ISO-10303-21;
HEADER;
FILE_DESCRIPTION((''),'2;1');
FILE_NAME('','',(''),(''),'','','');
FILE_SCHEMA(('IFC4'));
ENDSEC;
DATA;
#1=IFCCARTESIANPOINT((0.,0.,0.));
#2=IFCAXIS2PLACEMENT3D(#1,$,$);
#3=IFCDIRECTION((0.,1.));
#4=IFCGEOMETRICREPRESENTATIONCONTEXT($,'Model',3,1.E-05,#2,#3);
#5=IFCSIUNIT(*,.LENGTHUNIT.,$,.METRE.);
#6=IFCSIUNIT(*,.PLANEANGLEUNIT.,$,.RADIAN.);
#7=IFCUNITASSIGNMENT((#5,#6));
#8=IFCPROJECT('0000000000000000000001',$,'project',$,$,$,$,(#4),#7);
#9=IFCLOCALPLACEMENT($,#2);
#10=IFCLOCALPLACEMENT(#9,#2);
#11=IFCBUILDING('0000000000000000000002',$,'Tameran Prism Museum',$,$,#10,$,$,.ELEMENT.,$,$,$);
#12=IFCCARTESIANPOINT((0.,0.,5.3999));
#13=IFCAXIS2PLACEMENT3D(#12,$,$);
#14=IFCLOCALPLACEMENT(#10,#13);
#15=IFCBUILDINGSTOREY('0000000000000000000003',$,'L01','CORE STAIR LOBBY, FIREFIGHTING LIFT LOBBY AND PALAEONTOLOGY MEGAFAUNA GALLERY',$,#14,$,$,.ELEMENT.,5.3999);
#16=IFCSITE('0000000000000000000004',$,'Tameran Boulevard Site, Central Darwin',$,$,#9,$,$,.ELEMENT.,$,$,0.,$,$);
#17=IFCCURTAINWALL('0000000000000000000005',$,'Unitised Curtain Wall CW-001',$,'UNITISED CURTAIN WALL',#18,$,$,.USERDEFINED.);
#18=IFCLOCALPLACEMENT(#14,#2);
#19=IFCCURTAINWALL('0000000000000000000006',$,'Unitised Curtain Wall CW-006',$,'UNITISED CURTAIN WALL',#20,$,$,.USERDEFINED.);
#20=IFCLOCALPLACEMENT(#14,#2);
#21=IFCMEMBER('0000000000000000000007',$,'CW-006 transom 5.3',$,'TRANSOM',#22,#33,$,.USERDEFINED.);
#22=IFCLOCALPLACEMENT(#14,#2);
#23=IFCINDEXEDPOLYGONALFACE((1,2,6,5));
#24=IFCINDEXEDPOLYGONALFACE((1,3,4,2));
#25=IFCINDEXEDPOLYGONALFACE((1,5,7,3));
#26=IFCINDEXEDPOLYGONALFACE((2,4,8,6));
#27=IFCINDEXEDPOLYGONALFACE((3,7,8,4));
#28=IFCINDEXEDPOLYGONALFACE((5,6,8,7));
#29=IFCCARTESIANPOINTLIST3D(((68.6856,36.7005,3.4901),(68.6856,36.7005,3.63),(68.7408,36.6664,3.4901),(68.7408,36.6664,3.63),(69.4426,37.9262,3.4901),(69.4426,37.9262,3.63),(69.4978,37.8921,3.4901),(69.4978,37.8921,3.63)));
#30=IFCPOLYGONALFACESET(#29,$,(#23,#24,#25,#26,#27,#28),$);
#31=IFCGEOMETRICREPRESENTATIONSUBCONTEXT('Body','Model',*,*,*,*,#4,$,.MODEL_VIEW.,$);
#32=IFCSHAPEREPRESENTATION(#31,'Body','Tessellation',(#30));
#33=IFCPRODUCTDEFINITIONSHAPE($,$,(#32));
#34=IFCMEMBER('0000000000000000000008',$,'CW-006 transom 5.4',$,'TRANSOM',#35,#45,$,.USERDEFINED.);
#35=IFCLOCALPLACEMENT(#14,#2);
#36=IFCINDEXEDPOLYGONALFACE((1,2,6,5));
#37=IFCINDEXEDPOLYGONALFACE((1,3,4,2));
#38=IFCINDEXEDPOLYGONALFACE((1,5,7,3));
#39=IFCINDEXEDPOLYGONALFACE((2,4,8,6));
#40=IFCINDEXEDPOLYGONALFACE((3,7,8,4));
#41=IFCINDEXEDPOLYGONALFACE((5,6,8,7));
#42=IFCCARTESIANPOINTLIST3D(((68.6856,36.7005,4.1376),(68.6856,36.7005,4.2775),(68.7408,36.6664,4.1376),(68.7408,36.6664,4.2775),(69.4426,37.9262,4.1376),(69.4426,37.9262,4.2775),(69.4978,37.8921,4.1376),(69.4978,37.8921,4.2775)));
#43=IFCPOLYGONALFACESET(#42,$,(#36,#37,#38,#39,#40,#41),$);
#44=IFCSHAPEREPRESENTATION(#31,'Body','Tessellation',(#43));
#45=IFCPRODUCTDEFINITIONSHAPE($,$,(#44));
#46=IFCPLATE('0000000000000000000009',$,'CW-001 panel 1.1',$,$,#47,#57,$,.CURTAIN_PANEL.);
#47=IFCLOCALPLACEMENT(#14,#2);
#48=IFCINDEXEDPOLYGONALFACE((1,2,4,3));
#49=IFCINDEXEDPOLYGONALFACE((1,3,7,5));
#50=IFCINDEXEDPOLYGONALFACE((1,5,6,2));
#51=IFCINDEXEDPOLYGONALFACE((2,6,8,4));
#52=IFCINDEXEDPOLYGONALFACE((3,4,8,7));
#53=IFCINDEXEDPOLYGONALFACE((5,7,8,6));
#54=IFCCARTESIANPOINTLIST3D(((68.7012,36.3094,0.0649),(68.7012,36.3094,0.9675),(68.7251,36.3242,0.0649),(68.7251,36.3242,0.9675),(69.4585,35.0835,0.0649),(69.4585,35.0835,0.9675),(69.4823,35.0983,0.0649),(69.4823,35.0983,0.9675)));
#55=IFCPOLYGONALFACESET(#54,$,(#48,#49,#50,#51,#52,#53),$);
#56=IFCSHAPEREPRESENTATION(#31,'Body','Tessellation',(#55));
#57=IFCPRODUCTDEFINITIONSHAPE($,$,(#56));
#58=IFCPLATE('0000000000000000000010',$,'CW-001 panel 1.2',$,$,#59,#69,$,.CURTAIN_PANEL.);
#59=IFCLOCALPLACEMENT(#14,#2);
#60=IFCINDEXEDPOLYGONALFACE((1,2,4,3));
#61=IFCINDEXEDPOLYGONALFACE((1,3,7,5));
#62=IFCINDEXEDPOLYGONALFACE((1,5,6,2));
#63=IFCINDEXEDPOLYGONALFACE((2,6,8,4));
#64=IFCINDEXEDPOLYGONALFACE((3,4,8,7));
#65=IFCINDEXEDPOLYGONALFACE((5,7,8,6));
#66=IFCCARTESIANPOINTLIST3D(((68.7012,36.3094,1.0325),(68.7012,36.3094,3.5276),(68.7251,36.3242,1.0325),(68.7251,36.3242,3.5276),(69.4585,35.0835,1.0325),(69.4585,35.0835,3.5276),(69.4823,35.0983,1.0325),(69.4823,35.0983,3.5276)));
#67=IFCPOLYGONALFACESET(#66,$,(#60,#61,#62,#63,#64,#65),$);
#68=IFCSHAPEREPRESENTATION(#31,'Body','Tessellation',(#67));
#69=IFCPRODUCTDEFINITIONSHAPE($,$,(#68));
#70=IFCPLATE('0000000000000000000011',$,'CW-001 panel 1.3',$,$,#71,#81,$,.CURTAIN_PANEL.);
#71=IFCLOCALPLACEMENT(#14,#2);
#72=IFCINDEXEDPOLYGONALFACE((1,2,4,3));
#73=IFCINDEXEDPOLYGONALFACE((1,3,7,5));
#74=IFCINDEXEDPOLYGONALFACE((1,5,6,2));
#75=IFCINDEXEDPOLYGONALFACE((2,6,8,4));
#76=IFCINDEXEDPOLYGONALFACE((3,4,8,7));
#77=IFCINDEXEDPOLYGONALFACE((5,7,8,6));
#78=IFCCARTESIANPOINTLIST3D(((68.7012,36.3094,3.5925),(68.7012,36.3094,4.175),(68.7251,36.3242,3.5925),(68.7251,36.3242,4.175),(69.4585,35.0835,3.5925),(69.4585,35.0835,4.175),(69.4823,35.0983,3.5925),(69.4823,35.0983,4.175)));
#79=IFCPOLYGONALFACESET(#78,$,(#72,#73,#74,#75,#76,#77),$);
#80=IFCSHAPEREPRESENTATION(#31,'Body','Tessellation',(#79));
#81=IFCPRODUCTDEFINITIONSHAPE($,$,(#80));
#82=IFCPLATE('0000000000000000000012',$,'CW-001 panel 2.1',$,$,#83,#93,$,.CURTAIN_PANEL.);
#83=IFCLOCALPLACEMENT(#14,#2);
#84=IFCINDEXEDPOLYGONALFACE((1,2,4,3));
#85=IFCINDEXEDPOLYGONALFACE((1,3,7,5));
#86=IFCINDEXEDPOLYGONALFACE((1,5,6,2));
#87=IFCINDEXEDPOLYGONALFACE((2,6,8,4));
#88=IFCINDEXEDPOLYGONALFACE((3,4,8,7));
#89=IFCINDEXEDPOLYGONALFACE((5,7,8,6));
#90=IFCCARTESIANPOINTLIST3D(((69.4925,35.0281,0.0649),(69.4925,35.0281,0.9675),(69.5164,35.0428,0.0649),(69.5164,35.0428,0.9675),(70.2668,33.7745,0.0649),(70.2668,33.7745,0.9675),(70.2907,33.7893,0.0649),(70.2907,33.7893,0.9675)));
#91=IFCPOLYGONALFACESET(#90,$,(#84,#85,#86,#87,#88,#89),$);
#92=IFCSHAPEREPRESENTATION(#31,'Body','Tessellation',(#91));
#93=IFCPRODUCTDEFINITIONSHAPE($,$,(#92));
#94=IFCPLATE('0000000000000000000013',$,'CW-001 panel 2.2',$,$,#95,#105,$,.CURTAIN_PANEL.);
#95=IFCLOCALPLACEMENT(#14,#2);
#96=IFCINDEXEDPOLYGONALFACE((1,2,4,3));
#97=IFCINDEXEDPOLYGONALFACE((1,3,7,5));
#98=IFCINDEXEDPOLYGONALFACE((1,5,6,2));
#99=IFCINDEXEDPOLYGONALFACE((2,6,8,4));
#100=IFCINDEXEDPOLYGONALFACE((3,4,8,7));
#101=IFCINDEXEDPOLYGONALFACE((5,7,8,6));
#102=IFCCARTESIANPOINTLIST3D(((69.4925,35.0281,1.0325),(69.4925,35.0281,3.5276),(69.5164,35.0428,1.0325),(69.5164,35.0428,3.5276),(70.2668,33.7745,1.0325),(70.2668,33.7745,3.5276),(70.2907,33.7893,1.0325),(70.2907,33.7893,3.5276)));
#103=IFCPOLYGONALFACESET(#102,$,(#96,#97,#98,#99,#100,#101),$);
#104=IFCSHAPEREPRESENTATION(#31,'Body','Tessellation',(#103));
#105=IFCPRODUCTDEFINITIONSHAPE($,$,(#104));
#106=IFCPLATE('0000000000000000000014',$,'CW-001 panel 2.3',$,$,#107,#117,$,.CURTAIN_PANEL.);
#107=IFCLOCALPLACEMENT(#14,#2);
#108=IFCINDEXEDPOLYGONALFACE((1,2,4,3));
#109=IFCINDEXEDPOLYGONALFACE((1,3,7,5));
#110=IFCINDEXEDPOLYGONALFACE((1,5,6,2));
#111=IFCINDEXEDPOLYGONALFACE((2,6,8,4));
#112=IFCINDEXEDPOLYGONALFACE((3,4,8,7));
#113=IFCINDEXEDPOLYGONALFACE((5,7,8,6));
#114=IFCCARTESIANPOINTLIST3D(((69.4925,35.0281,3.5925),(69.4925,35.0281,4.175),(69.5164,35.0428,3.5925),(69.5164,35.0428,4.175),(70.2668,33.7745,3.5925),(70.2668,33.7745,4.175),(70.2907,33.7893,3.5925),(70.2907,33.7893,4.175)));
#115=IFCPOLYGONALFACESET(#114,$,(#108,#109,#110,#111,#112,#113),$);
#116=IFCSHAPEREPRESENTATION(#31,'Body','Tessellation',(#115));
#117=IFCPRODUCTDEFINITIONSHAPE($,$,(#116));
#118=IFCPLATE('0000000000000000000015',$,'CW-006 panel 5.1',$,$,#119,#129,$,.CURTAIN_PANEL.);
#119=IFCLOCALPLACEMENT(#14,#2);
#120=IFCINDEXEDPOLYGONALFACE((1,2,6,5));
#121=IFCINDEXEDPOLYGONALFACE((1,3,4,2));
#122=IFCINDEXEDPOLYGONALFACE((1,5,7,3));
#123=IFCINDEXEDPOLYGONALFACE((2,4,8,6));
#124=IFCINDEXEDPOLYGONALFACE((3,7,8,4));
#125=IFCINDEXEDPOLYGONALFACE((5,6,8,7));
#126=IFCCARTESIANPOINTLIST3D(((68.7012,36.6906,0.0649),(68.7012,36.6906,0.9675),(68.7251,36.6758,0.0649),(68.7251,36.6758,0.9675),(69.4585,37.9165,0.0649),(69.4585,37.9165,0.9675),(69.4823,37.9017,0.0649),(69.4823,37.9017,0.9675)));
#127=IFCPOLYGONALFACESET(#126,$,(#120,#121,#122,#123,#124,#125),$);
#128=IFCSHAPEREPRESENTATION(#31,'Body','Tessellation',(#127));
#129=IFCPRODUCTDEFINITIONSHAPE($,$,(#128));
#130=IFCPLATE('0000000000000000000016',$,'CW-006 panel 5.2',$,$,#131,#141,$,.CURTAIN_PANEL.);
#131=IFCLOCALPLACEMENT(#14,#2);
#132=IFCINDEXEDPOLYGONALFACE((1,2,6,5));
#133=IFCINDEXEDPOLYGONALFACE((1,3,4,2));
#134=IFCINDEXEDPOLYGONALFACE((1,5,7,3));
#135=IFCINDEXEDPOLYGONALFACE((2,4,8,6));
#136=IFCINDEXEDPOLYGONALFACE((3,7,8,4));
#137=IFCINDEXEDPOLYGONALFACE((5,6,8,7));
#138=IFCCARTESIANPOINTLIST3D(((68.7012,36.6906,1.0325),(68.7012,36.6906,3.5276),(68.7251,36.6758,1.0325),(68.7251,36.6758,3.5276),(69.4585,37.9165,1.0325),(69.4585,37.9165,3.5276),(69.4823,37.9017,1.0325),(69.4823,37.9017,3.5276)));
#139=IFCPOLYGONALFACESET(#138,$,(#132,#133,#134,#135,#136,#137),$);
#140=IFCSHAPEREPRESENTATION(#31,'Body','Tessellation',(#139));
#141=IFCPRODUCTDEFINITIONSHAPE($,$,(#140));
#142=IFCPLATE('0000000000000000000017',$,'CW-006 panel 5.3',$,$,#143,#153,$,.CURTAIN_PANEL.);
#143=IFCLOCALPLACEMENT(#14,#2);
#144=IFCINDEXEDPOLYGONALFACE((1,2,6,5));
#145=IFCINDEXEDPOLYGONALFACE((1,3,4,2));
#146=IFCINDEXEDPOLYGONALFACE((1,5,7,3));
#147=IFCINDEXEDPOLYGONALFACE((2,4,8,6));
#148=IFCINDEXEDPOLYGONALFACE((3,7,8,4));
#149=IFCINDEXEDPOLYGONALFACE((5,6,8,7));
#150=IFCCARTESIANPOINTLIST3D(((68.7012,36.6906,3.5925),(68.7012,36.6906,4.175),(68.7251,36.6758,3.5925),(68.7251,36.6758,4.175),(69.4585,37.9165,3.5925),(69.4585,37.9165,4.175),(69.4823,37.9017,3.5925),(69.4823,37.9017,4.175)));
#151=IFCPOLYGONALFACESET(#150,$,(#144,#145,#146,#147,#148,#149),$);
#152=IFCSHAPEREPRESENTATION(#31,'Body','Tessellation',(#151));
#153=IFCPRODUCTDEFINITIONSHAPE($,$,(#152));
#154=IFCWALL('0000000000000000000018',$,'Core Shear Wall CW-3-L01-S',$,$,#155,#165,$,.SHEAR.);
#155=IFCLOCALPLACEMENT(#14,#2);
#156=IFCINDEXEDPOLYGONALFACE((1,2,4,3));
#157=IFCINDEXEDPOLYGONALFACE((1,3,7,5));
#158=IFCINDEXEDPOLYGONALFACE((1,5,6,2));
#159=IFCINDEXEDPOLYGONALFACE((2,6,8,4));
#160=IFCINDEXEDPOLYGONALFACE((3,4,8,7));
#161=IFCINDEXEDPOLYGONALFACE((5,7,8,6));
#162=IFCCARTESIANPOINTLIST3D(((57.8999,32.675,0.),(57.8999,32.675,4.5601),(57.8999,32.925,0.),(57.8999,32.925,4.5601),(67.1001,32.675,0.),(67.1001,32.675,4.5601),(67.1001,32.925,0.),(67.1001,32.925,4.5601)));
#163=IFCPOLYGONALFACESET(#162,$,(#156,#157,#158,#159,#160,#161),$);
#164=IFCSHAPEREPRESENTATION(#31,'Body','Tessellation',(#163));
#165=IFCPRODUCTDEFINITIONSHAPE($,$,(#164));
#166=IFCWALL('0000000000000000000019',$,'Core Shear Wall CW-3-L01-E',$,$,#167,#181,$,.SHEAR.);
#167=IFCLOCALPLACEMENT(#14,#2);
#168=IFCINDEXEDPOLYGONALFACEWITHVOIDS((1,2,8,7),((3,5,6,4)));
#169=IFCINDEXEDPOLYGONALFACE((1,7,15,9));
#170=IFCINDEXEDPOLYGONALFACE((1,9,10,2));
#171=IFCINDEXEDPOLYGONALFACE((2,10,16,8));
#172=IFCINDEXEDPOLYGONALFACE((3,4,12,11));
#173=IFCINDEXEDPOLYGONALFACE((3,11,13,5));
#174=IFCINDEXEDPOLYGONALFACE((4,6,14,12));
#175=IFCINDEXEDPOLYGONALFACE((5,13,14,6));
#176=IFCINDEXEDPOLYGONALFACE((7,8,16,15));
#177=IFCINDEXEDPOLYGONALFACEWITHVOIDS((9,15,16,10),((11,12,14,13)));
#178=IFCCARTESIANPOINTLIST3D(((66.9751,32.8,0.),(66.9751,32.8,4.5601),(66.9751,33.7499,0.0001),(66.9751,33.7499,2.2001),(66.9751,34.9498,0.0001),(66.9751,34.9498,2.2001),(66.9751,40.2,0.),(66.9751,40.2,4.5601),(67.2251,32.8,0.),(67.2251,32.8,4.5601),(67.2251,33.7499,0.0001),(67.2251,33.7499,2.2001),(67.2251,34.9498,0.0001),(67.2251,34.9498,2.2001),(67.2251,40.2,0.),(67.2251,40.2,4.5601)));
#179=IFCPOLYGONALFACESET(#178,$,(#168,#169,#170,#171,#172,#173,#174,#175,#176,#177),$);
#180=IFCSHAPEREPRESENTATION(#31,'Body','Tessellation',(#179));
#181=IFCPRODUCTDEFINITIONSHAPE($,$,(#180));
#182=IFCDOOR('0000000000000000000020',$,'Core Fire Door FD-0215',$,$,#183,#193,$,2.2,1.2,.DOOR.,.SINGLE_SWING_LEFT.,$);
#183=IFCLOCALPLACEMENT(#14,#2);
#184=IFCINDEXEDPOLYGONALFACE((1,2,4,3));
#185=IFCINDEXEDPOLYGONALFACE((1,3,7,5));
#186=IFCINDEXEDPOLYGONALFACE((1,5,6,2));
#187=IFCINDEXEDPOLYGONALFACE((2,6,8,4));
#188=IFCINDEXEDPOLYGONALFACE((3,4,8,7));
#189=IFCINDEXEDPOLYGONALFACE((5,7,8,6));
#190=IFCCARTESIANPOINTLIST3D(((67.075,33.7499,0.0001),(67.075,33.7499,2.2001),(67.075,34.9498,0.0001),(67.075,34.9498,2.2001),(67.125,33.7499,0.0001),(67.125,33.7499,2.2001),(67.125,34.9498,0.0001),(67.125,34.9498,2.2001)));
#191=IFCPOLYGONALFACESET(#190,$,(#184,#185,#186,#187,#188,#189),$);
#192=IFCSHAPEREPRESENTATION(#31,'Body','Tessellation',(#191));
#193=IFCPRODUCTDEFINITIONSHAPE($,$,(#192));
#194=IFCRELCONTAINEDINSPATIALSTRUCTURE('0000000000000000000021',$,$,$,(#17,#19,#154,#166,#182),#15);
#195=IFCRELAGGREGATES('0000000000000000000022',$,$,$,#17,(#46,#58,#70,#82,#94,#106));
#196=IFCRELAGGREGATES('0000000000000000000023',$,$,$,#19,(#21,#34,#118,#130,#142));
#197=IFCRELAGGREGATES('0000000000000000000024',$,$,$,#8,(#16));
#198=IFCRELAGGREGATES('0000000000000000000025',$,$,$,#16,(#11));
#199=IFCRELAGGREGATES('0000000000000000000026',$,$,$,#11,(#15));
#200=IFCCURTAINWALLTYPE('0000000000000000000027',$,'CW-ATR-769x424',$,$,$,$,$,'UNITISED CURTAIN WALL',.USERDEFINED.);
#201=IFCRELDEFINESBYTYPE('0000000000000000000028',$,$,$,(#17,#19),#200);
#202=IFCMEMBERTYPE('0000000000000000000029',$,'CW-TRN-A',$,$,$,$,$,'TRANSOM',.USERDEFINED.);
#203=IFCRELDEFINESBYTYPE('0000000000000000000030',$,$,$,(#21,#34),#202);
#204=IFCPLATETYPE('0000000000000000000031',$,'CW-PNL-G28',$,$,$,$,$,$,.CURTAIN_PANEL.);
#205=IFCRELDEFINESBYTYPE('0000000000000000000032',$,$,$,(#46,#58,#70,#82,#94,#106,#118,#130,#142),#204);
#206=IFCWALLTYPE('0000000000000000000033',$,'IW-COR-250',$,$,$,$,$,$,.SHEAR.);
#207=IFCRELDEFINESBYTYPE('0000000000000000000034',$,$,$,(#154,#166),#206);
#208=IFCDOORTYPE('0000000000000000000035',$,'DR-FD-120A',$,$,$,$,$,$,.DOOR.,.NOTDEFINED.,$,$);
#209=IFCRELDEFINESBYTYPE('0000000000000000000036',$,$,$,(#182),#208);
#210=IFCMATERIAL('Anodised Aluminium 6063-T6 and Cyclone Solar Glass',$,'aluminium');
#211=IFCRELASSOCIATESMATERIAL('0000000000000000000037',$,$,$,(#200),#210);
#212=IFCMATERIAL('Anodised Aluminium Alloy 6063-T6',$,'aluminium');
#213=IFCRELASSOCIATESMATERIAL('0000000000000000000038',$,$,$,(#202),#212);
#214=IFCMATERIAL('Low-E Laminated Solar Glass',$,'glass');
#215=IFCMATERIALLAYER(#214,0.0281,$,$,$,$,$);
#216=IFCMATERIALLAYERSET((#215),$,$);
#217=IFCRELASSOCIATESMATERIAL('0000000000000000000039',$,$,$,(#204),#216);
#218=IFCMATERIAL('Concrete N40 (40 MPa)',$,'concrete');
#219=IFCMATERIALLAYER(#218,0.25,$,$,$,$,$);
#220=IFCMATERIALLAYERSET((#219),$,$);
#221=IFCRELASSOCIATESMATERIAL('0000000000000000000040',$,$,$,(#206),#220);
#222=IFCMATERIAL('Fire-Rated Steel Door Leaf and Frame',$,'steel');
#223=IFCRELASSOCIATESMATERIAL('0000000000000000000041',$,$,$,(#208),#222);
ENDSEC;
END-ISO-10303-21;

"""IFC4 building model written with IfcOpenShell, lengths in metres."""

from ifc_helpers import new_model, si_unit, direction, frame, frame_2d, origin, origin_2d, place, context, subcontext, project, spatial, rectangle, extrude, material, layer, layer_set, material_profile, profile_set, type_object, element, fill, aggregate, save


model = new_model("IFC4")

# Units and contexts
model_context = context("Model", 3, precision=1e-05, world=origin(), true_north=direction((0.0, 1.0)))
body_context = subcontext(model_context, "Body", "Model", "MODEL_VIEW")
ifc_project = project(units=[si_unit("LENGTHUNIT", "METRE"), si_unit("PLANEANGLEUNIT", "RADIAN")], contexts=[model_context])

# Site, building, storey
site_placement = place(None, origin())
site = spatial("IfcSite", under=ifc_project, at=site_placement, Name="Tameran Boulevard Site, Central Darwin", CompositionType="ELEMENT", RefElevation=0.0)
building_placement = place(site_placement, origin())
building = spatial("IfcBuilding", under=site, at=building_placement, Name="Tameran Prism Museum", CompositionType="ELEMENT")
storey_placement = place(building_placement, frame((0.0, 0.0, 5.3999)))
storey = spatial("IfcBuildingStorey", under=building, at=storey_placement, Name="L01", Description="CORE STAIR LOBBY, FIREFIGHTING LIFT LOBBY AND PALAEONTOLOGY MEGAFAUNA GALLERY", CompositionType="ELEMENT", Elevation=5.3999)

# Curtain walls
ifc_material_1 = material(Name="Anodised Aluminium 6063-T6 and Cyclone Solar Glass", Category="aluminium")
curtain_wall_type = type_object("IfcCurtainWallType", Name="CW-ATR-769x424", ElementType="UNITISED CURTAIN WALL", PredefinedType="USERDEFINED", material=ifc_material_1)
curtain_wall_1_placement = place(storey_placement, origin())
curtain_wall_1 = element("IfcCurtainWall", 1, at=curtain_wall_1_placement, inside=storey, type_object=curtain_wall_type, Name="Unitised Curtain Wall CW-001", ObjectType="UNITISED CURTAIN WALL", PredefinedType="USERDEFINED")
curtain_wall_2_placement = place(storey_placement, origin())
curtain_wall_2 = element("IfcCurtainWall", 2, at=curtain_wall_2_placement, inside=storey, type_object=curtain_wall_type, Name="Unitised Curtain Wall CW-006", ObjectType="UNITISED CURTAIN WALL", PredefinedType="USERDEFINED")

# Members
ifc_material_2 = material(Name="Anodised Aluminium Alloy 6063-T6", Category="aluminium")
ifc_material_profile_1 = material_profile(ifc_material_2, rectangle(XDim=0.0649, YDim=0.1399, at=origin_2d()))
ifc_profile_set_1 = profile_set([ifc_material_profile_1])
member_type_1 = type_object("IfcMemberType", Name="CW-TRN-A", ElementType="TRANSOM", PredefinedType="USERDEFINED", material=ifc_profile_set_1)
member_1_placement = place(storey_placement, frame((69.4702, 37.9092, 3.5601), z_axis=(-0.525468, -0.850814, 0.0), x_axis=(0.850814, -0.525468, 0.0)))
member_1 = element("IfcMember", 3, at=member_1_placement, type_object=member_type_1, Name="CW-006 transom 5.3", ObjectType="TRANSOM", PredefinedType="USERDEFINED", context=body_context, shape_type="SweptSolid", body=[
    extrude(rectangle(XDim=0.0649, YDim=0.1399, at=origin_2d()), origin(), (0.0, 0.0, 1.0), 1.4407),
])
member_2_placement = place(storey_placement, frame((69.4702, 37.9092, 4.2075), z_axis=(-0.525468, -0.850814, 0.0), x_axis=(0.850814, -0.525468, 0.0)))
member_2 = element("IfcMember", 4, at=member_2_placement, type_object=member_type_1, Name="CW-006 transom 5.4", ObjectType="TRANSOM", PredefinedType="USERDEFINED", context=body_context, shape_type="SweptSolid", body=[
    extrude(rectangle(XDim=0.0649, YDim=0.1399, at=origin_2d()), origin(), (0.0, 0.0, 1.0), 1.4407),
])

# Plates
ifc_material_3 = material(Name="Low-E Laminated Solar Glass", Category="glass")
ifc_layer_1 = layer(ifc_material_3, 0.0281)
ifc_layer_set_1 = layer_set([ifc_layer_1])
plate_type = type_object("IfcPlateType", Name="CW-PNL-G28", PredefinedType="CURTAIN_PANEL", material=ifc_layer_set_1)
plate_1_placement = place(storey_placement, frame((69.0918, 35.7039, 0.0649), z_axis=(0.0, 0.0, 1.0), x_axis=(0.525504, -0.850791, 0.0)))
plate_1 = element("IfcPlate", 5, at=plate_1_placement, type_object=plate_type, Name="CW-001 panel 1.1", PredefinedType="CURTAIN_PANEL", context=body_context, shape_type="SweptSolid", body=[
    extrude(rectangle(XDim=1.4409, YDim=0.0281, at=origin_2d()), origin(), (0.0, 0.0, 1.0), 0.9026),
])
plate_2_placement = place(storey_placement, frame((69.0918, 35.7039, 1.0325), z_axis=(0.0, 0.0, 1.0), x_axis=(0.525504, -0.850791, 0.0)))
plate_2 = element("IfcPlate", 6, at=plate_2_placement, type_object=plate_type, Name="CW-001 panel 1.2", PredefinedType="CURTAIN_PANEL", context=body_context, shape_type="SweptSolid", body=[
    extrude(rectangle(XDim=1.4409, YDim=0.0281, at=origin_2d()), origin(), (0.0, 0.0, 1.0), 2.4951),
])
plate_3_placement = place(storey_placement, frame((69.0918, 35.7039, 3.5925), z_axis=(0.0, 0.0, 1.0), x_axis=(0.525504, -0.850791, 0.0)))
plate_3 = element("IfcPlate", 7, at=plate_3_placement, type_object=plate_type, Name="CW-001 panel 1.3", PredefinedType="CURTAIN_PANEL", context=body_context, shape_type="SweptSolid", body=[
    extrude(rectangle(XDim=1.4409, YDim=0.0281, at=origin_2d()), origin(), (0.0, 0.0, 1.0), 0.5825),
])
plate_4_placement = place(storey_placement, frame((69.8916, 34.4087, 0.0649), z_axis=(0.0, 0.0, 1.0), x_axis=(0.525504, -0.850791, 0.0)))
plate_4 = element("IfcPlate", 8, at=plate_4_placement, type_object=plate_type, Name="CW-001 panel 2.1", PredefinedType="CURTAIN_PANEL", context=body_context, shape_type="SweptSolid", body=[
    extrude(rectangle(XDim=1.4734, YDim=0.0281, at=origin_2d()), origin(), (0.0, 0.0, 1.0), 0.9026),
])
plate_5_placement = place(storey_placement, frame((69.8916, 34.4087, 1.0325), z_axis=(0.0, 0.0, 1.0), x_axis=(0.525504, -0.850791, 0.0)))
plate_5 = element("IfcPlate", 9, at=plate_5_placement, type_object=plate_type, Name="CW-001 panel 2.2", PredefinedType="CURTAIN_PANEL", context=body_context, shape_type="SweptSolid", body=[
    extrude(rectangle(XDim=1.4734, YDim=0.0281, at=origin_2d()), origin(), (0.0, 0.0, 1.0), 2.4951),
])
plate_6_placement = place(storey_placement, frame((69.8916, 34.4087, 3.5925), z_axis=(0.0, 0.0, 1.0), x_axis=(0.525504, -0.850791, 0.0)))
plate_6 = element("IfcPlate", 10, at=plate_6_placement, type_object=plate_type, Name="CW-001 panel 2.3", PredefinedType="CURTAIN_PANEL", context=body_context, shape_type="SweptSolid", body=[
    extrude(rectangle(XDim=1.4734, YDim=0.0281, at=origin_2d()), origin(), (0.0, 0.0, 1.0), 0.5825),
])
aggregate(curtain_wall_1, [plate_1, plate_2, plate_3, plate_4, plate_5, plate_6])
plate_7_placement = place(storey_placement, frame((69.0918, 37.2961, 0.0649), z_axis=(0.0, 0.0, 1.0), x_axis=(-0.525504, -0.850791, 0.0)))
plate_7 = element("IfcPlate", 11, at=plate_7_placement, type_object=plate_type, Name="CW-006 panel 5.1", PredefinedType="CURTAIN_PANEL", context=body_context, shape_type="SweptSolid", body=[
    extrude(rectangle(XDim=1.4409, YDim=0.0281, at=origin_2d()), origin(), (0.0, 0.0, 1.0), 0.9026),
])
plate_8_placement = place(storey_placement, frame((69.0918, 37.2961, 1.0325), z_axis=(0.0, 0.0, 1.0), x_axis=(-0.525504, -0.850791, 0.0)))
plate_8 = element("IfcPlate", 12, at=plate_8_placement, type_object=plate_type, Name="CW-006 panel 5.2", PredefinedType="CURTAIN_PANEL", context=body_context, shape_type="SweptSolid", body=[
    extrude(rectangle(XDim=1.4409, YDim=0.0281, at=origin_2d()), origin(), (0.0, 0.0, 1.0), 2.4951),
])
plate_9_placement = place(storey_placement, frame((69.0918, 37.2961, 3.5925), z_axis=(0.0, 0.0, 1.0), x_axis=(-0.525504, -0.850791, 0.0)))
plate_9 = element("IfcPlate", 13, at=plate_9_placement, type_object=plate_type, Name="CW-006 panel 5.3", PredefinedType="CURTAIN_PANEL", context=body_context, shape_type="SweptSolid", body=[
    extrude(rectangle(XDim=1.4409, YDim=0.0281, at=origin_2d()), origin(), (0.0, 0.0, 1.0), 0.5825),
])
aggregate(curtain_wall_2, [member_1, member_2, plate_7, plate_8, plate_9])

# Wall
ifc_material_4 = material(Name="Concrete N40 (40 MPa)", Category="concrete")
ifc_layer_2 = layer(ifc_material_4, 0.25)
ifc_layer_set_2 = layer_set([ifc_layer_2])
wall_type = type_object("IfcWallType", Name="IW-COR-250", PredefinedType="SHEAR", material=ifc_layer_set_2)
wall_1_placement = place(storey_placement, frame((67.1001, 32.8, 0.0), z_axis=(0.0, 0.0, 1.0), x_axis=(-1.0, 0.0, 0.0)))
element("IfcWall", 14, at=wall_1_placement, inside=storey, type_object=wall_type, Name="Core Shear Wall CW-3-L01-S", PredefinedType="SHEAR", context=body_context, shape_type="SweptSolid", body=[
    extrude(rectangle(XDim=9.2002, YDim=0.25, at=frame_2d((4.6001, 0.0))), origin(), (0.0, 0.0, 1.0), 4.5601),
])

# Wall, opening, door
wall_2_placement = place(storey_placement, frame((67.1001, 40.2, 0.0), z_axis=(0.0, 0.0, 1.0), x_axis=(0.0, -1.0, 0.0)))
wall_2 = element("IfcWall", 15, at=wall_2_placement, inside=storey, type_object=wall_type, Name="Core Shear Wall CW-3-L01-E", PredefinedType="SHEAR", context=body_context, shape_type="SweptSolid", body=[
    extrude(rectangle(XDim=7.3999, YDim=0.25, at=frame_2d((3.7, 0.0))), origin(), (0.0, 0.0, 1.0), 4.5601),
])
opening_1_placement = place(wall_2_placement, frame((5.25, 0.0, 0.0)))
opening_1 = element("IfcOpeningElement", 16, at=opening_1_placement, cuts=wall_2, PredefinedType="OPENING", context=body_context, shape_type="SweptSolid", body=[
    extrude(rectangle(XDim=1.2, YDim=2.2, at=frame_2d((0.6001, 1.1001))), frame((0.0, 0.135, 0.0), z_axis=(0.0, -1.0, 0.0), x_axis=(1.0, 0.0, 0.0)), (0.0, 0.0, 1.0), 0.27),
])
ifc_material_5 = material(Name="Fire-Rated Steel Door Leaf and Frame", Category="steel")
door_type = type_object("IfcDoorType", Name="DR-FD-120A", OperationType="NOTDEFINED", PredefinedType="DOOR", material=ifc_material_5)
door_1_placement = place(opening_1_placement, origin())
door_1 = element("IfcDoor", 17, at=door_1_placement, inside=storey, type_object=door_type, Name="Core Fire Door FD-0215", OperationType="SINGLE_SWING_LEFT", OverallHeight=2.2, OverallWidth=1.2, PredefinedType="DOOR", context=body_context, shape_type="SweptSolid", body=[
    extrude(rectangle(XDim=1.2, YDim=2.2, at=frame_2d((0.6001, 1.1001))), frame((0.0, 0.0249, 0.0), z_axis=(0.0, -1.0, 0.0), x_axis=(1.0, 0.0, 0.0)), (0.0, 0.0, 1.0), 0.05),
])
fill(opening_1, door_1)

save(model, "model.ifc")
